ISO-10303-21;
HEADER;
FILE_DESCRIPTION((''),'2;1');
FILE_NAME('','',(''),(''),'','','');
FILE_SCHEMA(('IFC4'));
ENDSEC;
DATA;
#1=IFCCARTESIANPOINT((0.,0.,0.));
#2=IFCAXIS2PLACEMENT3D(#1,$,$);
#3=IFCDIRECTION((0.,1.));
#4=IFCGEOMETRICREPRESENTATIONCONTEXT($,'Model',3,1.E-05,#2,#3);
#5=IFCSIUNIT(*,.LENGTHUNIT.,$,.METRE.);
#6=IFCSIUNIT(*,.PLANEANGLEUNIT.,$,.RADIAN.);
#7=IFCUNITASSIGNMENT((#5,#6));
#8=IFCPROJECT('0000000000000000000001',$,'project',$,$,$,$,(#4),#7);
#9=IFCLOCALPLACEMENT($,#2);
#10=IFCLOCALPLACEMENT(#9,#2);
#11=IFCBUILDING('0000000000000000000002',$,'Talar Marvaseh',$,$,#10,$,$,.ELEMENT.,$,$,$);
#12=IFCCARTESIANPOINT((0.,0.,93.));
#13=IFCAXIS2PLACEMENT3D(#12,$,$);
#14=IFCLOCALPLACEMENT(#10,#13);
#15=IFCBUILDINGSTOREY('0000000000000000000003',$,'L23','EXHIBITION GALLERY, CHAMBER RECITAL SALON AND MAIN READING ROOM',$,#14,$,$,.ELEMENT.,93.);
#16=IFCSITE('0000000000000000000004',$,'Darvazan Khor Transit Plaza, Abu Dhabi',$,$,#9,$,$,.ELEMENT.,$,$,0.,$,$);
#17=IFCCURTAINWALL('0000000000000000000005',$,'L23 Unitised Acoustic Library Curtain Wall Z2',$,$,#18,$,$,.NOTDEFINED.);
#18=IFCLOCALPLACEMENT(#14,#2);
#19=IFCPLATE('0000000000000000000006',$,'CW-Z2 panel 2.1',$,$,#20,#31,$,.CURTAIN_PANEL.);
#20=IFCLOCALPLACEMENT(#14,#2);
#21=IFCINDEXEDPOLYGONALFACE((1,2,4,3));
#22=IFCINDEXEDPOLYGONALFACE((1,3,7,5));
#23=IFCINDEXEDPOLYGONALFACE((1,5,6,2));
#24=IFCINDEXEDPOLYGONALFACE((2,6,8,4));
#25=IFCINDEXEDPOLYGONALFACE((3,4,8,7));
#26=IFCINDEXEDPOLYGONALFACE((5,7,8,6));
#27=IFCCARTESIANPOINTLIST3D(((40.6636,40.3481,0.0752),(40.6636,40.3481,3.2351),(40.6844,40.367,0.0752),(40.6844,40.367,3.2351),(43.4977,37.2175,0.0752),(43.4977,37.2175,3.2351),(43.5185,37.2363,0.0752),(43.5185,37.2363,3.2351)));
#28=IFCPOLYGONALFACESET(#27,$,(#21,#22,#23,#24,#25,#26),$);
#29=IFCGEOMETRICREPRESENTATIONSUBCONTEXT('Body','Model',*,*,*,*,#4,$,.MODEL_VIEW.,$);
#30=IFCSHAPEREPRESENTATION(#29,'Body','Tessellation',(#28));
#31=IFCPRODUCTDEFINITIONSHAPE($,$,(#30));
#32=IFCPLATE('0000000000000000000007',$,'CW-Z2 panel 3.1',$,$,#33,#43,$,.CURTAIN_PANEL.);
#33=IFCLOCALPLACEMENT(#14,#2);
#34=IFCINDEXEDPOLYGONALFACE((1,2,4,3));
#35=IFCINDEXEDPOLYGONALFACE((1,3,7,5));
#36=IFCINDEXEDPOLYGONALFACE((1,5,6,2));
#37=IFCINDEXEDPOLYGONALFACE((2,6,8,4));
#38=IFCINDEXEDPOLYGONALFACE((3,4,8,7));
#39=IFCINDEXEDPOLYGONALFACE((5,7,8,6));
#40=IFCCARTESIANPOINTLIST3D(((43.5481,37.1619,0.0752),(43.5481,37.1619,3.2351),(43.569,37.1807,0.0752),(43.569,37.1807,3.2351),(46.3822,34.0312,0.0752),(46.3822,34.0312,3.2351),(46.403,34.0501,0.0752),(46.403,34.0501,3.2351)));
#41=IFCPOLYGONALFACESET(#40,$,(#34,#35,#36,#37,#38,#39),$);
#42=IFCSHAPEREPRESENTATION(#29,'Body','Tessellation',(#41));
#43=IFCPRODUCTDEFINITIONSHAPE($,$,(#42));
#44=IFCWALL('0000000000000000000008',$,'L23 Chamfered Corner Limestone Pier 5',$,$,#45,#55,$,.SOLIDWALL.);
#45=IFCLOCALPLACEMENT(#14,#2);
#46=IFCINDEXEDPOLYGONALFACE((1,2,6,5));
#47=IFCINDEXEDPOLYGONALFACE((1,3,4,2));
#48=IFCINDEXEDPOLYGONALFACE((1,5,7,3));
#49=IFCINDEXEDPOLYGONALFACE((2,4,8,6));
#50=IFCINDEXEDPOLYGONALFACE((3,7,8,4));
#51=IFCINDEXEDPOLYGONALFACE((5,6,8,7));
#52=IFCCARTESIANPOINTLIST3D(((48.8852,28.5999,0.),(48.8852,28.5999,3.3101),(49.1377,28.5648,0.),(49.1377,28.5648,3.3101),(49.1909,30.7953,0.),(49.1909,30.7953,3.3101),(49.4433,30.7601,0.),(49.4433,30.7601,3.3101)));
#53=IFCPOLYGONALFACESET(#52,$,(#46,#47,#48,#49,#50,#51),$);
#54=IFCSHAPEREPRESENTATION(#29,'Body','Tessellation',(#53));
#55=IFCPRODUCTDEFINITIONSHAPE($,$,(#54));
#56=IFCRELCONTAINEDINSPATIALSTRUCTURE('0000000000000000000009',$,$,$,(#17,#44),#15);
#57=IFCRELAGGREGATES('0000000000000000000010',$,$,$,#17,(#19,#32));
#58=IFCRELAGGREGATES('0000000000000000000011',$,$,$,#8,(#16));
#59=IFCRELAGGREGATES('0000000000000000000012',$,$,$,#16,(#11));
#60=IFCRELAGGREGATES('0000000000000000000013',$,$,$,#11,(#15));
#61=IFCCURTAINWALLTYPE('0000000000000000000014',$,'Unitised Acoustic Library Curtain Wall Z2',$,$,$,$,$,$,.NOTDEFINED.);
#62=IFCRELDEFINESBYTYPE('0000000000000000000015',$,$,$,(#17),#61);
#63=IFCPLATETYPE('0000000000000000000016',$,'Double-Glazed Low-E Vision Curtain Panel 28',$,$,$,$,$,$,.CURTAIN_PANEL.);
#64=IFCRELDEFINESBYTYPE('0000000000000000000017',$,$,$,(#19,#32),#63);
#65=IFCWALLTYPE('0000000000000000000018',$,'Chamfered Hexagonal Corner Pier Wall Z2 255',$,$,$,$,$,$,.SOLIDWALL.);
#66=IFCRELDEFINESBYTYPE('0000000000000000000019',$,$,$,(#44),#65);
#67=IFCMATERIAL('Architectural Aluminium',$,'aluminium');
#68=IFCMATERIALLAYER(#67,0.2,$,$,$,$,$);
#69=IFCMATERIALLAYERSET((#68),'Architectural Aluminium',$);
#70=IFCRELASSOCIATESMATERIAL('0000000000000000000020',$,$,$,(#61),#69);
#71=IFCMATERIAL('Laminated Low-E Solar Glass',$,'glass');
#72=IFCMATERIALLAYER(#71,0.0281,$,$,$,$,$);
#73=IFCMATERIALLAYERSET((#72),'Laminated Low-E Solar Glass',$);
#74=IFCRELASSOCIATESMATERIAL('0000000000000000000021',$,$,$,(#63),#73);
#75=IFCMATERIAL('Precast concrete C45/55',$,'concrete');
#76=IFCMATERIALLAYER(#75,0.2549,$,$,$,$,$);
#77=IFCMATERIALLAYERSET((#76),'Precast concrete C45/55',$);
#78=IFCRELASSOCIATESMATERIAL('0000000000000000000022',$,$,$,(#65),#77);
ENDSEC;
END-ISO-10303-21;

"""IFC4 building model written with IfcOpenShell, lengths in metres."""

from ifc_helpers import new_model, si_unit, direction, frame, frame_2d, origin, origin_2d, place, context, subcontext, project, spatial, rectangle, extrude, source, transform, mapped, material, layer, layer_set, type_object, element, aggregate, save


model = new_model("IFC4")

# Units and contexts
model_context = context("Model", 3, precision=1e-05, world=origin(), true_north=direction((0.0, 1.0)))
body_context = subcontext(model_context, "Body", "Model", "MODEL_VIEW")
ifc_project = project(units=[si_unit("LENGTHUNIT", "METRE"), si_unit("PLANEANGLEUNIT", "RADIAN")], contexts=[model_context])

# Site, building, storey
site_placement = place(None, origin())
site = spatial("IfcSite", under=ifc_project, at=site_placement, Name="Darvazan Khor Transit Plaza, Abu Dhabi", CompositionType="ELEMENT", RefElevation=0.0)
building_placement = place(site_placement, origin())
building = spatial("IfcBuilding", under=site, at=building_placement, Name="Talar Marvaseh", CompositionType="ELEMENT")
storey_placement = place(building_placement, frame((0.0, 0.0, 93.0)))
storey = spatial("IfcBuildingStorey", under=building, at=storey_placement, Name="L23", Description="EXHIBITION GALLERY, CHAMBER RECITAL SALON AND MAIN READING ROOM", CompositionType="ELEMENT", Elevation=93.0)

# Curtain wall, plates
ifc_material_1 = material(Name="Architectural Aluminium", Category="aluminium")
ifc_layer_1 = layer(ifc_material_1, 0.2)
ifc_layer_set_1 = layer_set([ifc_layer_1], Name="Architectural Aluminium")
curtain_wall_type = type_object("IfcCurtainWallType", Name="Unitised Acoustic Library Curtain Wall Z2", PredefinedType="NOTDEFINED", material=ifc_layer_set_1)
curtain_wall_placement = place(storey_placement, origin())
curtain_wall = element("IfcCurtainWall", 1, at=curtain_wall_placement, inside=storey, type_object=curtain_wall_type, Name="L23 Unitised Acoustic Library Curtain Wall Z2", PredefinedType="NOTDEFINED")
ifc_material_2 = material(Name="Laminated Low-E Solar Glass", Category="glass")
ifc_layer_2 = layer(ifc_material_2, 0.0281)
ifc_layer_set_2 = layer_set([ifc_layer_2], Name="Laminated Low-E Solar Glass")
plate_type = type_object("IfcPlateType", Name="Double-Glazed Low-E Vision Curtain Panel 28", PredefinedType="CURTAIN_PANEL", material=ifc_layer_set_2)
shared_shape_1 = source(origin(), body_context, "Body", "SweptSolid", [
    extrude(rectangle(XDim=4.2229, YDim=0.0281, at=origin_2d()), origin(), (0.0, 0.0, 1.0), 3.1599),
])
plate_1_placement = place(storey_placement, frame((42.0911, 38.7922, 0.0752), z_axis=(0.0, 0.0, 1.0), x_axis=(0.671122, -0.741347, 0.0)))
plate_1 = element("IfcPlate", 2, at=plate_1_placement, type_object=plate_type, Name="CW-Z2 panel 2.1", PredefinedType="CURTAIN_PANEL", context=body_context, shape_type="MappedRepresentation", body=[
    mapped(shared_shape_1, transform((0.0, 0.0, 0.0), x_axis=(1.0, 0.0, 0.0), y_axis=(0.0, 1.0, 0.0), z_axis=(0.0, 0.0, 1.0), scale=1.0)),
])
plate_2_placement = place(storey_placement, frame((44.9756, 35.606, 0.0752), z_axis=(0.0, 0.0, 1.0), x_axis=(0.671122, -0.741347, 0.0)))
plate_2 = element("IfcPlate", 3, at=plate_2_placement, type_object=plate_type, Name="CW-Z2 panel 3.1", PredefinedType="CURTAIN_PANEL", context=body_context, shape_type="MappedRepresentation", body=[
    mapped(shared_shape_1, transform((0.0, 0.0, 0.0), x_axis=(1.0, 0.0, 0.0), y_axis=(0.0, 1.0, 0.0), z_axis=(0.0, 0.0, 1.0), scale=1.0)),
])
aggregate(curtain_wall, [plate_1, plate_2])

# Wall
ifc_material_3 = material(Name="Precast concrete C45/55", Category="concrete")
ifc_layer_3 = layer(ifc_material_3, 0.2549)
ifc_layer_set_3 = layer_set([ifc_layer_3], Name="Precast concrete C45/55")
wall_type = type_object("IfcWallType", Name="Chamfered Hexagonal Corner Pier Wall Z2 255", PredefinedType="SOLIDWALL", material=ifc_layer_set_3)
wall_placement = place(storey_placement, frame((49.3171, 30.7778, 0.0), z_axis=(0.0, 0.0, 1.0), x_axis=(-0.137905, -0.990446, 0.0)))
element("IfcWall", 4, at=wall_placement, inside=storey, type_object=wall_type, Name="L23 Chamfered Corner Limestone Pier 5", PredefinedType="SOLIDWALL", context=body_context, shape_type="SweptSolid", body=[
    extrude(rectangle(XDim=2.2166, YDim=0.2549, at=frame_2d((1.1084, 0.0))), origin(), (0.0, 0.0, 1.0), 3.3101),
])

save(model, "model.ifc")
